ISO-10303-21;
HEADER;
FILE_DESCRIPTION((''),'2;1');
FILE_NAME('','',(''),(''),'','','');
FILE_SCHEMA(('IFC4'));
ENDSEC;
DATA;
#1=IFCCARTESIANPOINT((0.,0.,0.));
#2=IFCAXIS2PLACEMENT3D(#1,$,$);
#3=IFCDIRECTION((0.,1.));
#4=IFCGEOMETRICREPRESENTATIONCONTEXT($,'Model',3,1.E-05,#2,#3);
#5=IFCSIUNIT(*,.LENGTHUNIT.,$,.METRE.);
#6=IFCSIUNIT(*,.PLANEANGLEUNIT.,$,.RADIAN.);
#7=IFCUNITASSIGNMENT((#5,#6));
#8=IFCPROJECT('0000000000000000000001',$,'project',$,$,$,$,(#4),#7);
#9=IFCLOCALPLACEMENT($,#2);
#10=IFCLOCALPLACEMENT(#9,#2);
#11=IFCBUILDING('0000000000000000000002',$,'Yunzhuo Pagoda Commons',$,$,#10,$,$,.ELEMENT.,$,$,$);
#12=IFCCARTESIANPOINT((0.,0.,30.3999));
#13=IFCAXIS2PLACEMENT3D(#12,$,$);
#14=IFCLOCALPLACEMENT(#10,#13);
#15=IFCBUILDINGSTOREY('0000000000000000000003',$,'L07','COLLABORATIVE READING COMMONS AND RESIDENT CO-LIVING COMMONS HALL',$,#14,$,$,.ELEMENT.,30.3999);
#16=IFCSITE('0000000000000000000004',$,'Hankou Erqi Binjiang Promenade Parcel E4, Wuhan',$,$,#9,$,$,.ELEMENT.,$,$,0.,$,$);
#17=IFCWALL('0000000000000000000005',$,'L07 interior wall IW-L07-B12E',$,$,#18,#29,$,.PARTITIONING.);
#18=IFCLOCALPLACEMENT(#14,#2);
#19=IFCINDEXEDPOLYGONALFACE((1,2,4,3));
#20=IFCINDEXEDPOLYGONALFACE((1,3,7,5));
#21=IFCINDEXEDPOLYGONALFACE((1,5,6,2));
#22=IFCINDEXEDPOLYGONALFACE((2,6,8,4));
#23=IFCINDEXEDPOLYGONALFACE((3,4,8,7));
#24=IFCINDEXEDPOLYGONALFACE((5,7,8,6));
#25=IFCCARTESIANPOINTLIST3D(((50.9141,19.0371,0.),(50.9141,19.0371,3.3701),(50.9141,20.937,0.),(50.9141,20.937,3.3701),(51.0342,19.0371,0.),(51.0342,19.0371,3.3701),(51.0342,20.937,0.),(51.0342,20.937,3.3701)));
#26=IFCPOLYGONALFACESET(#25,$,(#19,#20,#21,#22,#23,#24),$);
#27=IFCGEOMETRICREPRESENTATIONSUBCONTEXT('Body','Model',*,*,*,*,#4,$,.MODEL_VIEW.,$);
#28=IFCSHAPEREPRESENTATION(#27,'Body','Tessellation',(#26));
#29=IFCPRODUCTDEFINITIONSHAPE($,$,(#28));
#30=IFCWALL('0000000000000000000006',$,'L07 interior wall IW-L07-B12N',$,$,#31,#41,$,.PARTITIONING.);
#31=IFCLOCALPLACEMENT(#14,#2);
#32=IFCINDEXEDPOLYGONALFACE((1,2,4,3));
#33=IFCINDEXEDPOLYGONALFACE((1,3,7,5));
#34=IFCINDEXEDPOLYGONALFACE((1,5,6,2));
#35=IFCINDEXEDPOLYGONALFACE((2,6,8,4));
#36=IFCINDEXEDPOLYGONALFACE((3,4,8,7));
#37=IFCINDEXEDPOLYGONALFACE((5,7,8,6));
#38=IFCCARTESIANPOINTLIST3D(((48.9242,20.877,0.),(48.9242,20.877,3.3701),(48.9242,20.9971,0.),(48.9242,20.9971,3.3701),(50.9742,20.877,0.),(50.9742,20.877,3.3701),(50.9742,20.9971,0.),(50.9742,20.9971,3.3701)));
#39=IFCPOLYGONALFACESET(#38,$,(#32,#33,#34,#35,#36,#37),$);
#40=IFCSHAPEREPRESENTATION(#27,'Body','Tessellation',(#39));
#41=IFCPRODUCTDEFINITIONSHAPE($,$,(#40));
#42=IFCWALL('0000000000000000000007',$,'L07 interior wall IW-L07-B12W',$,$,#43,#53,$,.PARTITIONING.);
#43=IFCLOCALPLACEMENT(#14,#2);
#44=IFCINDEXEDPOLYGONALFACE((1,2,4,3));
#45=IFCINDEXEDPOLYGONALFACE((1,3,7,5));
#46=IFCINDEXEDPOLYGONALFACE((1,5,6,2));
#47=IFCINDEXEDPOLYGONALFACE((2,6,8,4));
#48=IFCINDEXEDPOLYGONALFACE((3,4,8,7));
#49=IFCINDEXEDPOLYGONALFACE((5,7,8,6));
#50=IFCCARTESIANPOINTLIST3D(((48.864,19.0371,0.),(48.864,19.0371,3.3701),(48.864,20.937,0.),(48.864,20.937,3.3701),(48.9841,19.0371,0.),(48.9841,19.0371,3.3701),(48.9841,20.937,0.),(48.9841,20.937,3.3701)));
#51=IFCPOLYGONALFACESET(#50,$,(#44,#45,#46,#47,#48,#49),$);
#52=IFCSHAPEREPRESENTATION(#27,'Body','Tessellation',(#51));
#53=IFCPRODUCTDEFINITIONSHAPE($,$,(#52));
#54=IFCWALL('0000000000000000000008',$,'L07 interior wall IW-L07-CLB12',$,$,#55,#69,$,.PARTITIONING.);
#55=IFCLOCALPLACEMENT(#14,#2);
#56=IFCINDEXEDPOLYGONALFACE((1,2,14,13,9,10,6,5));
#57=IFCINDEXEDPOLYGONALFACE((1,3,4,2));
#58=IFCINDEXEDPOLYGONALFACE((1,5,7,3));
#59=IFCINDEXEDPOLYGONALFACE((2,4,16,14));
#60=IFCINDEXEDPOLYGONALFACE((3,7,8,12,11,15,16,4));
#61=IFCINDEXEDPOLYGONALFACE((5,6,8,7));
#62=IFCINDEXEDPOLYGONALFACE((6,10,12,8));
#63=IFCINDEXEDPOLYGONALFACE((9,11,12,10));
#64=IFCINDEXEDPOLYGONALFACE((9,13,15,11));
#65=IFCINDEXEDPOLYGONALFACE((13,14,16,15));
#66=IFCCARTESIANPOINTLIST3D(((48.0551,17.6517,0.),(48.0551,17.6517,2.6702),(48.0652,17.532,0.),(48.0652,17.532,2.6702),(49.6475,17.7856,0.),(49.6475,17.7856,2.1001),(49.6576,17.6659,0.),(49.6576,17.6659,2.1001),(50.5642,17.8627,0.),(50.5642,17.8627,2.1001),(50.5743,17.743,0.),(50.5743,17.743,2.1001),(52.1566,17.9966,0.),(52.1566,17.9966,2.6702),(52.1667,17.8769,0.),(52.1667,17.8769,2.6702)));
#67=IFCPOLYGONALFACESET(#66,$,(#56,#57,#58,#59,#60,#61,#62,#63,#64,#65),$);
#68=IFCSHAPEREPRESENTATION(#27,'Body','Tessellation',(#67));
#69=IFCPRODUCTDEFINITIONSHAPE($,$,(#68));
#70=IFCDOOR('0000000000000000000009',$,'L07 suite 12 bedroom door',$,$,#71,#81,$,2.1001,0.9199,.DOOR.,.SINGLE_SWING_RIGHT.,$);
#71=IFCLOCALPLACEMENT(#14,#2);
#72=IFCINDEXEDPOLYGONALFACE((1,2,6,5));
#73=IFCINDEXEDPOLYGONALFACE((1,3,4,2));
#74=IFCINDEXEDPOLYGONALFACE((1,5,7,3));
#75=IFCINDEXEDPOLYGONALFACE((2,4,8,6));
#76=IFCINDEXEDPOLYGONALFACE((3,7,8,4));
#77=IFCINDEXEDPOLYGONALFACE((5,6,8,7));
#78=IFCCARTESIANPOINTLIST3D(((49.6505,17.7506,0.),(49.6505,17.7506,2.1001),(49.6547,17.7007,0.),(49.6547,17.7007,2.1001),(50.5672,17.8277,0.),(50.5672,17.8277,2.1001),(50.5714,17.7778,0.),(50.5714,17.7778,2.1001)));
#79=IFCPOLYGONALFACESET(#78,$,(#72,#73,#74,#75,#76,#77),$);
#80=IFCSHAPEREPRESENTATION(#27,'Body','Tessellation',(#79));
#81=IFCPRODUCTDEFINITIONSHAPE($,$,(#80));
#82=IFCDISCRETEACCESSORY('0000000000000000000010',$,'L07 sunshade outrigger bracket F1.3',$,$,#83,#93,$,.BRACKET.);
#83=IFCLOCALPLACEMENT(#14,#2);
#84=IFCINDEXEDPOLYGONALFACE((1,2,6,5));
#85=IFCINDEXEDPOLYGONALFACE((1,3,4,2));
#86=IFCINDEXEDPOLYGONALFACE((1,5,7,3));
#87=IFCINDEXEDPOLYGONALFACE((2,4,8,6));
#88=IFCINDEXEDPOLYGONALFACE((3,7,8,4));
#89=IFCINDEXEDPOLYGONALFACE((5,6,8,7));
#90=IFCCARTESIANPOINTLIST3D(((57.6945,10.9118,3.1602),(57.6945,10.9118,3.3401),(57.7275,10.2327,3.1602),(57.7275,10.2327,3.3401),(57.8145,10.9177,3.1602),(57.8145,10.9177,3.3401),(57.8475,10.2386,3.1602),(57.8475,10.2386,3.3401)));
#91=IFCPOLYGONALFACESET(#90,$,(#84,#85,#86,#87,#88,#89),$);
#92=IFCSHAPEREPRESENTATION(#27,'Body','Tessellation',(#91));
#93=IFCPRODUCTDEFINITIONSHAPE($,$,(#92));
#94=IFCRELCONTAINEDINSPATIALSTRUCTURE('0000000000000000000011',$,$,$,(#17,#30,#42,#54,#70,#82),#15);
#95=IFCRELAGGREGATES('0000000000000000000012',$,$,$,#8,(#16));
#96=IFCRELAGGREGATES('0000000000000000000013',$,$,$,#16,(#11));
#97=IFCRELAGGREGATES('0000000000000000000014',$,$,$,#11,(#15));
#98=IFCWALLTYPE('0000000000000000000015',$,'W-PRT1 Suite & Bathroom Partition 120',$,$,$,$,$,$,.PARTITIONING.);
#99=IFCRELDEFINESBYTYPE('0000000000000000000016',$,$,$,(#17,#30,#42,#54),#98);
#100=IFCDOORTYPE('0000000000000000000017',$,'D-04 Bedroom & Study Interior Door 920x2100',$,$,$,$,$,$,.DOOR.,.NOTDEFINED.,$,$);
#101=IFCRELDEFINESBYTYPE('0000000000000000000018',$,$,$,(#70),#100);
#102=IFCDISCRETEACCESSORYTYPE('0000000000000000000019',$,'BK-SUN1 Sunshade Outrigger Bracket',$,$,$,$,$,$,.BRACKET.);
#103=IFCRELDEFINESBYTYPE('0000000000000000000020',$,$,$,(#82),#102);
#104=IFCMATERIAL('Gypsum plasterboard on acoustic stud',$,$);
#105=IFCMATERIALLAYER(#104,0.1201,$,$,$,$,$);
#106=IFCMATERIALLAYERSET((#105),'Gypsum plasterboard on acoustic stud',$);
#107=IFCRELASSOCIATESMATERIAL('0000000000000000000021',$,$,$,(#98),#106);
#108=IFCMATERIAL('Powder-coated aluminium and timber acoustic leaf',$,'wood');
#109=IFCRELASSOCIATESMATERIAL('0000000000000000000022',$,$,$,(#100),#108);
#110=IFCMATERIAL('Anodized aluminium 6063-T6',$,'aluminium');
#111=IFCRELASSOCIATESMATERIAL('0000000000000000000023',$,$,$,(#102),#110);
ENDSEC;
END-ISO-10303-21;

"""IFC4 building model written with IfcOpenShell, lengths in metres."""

from ifc_helpers import new_model, si_unit, direction, frame, frame_2d, origin, origin_with_axes, origin_2d, place, context, subcontext, project, spatial, rectangle, extrude, source, transform, mapped, material, layer, layer_set, type_object, element, fill, save


model = new_model("IFC4")

# Units and contexts
model_context = context("Model", 3, precision=1e-05, world=origin(), true_north=direction((0.0, 1.0)))
body_context = subcontext(model_context, "Body", "Model", "MODEL_VIEW")
ifc_project = project(units=[si_unit("LENGTHUNIT", "METRE"), si_unit("PLANEANGLEUNIT", "RADIAN")], contexts=[model_context])

# Site, building, storey
site_placement = place(None, origin())
site = spatial("IfcSite", under=ifc_project, at=site_placement, Name="Hankou Erqi Binjiang Promenade Parcel E4, Wuhan", CompositionType="ELEMENT", RefElevation=0.0)
building_placement = place(site_placement, origin())
building = spatial("IfcBuilding", under=site, at=building_placement, Name="Yunzhuo Pagoda Commons", CompositionType="ELEMENT")
storey_placement = place(building_placement, frame((0.0, 0.0, 30.3999)))
storey = spatial("IfcBuildingStorey", under=building, at=storey_placement, Name="L07", Description="COLLABORATIVE READING COMMONS AND RESIDENT CO-LIVING COMMONS HALL", CompositionType="ELEMENT", Elevation=30.3999)

# Shared definitions
ifc_material_1 = material(Name="Anodized aluminium 6063-T6", Category="aluminium")

# Shared definitions
ifc_material_2 = material(Name="Gypsum plasterboard on acoustic stud")
ifc_layer_1 = layer(ifc_material_2, 0.1201)
ifc_layer_set_1 = layer_set([ifc_layer_1], Name="Gypsum plasterboard on acoustic stud")
wall_type = type_object("IfcWallType", Name="W-PRT1 Suite & Bathroom Partition 120", PredefinedType="PARTITIONING", material=ifc_layer_set_1)

# Shared definitions
ifc_material_3 = material(Name="Powder-coated aluminium and timber acoustic leaf", Category="wood")

# Walls
wall_1_placement = place(storey_placement, frame((50.9741, 19.0371, 0.0), z_axis=(0.0, 0.0, 1.0), x_axis=(0.0, 1.0, 0.0)))
element("IfcWall", 1, at=wall_1_placement, inside=storey, type_object=wall_type, Name="L07 interior wall IW-L07-B12E", PredefinedType="PARTITIONING", context=body_context, shape_type="SweptSolid", body=[
    extrude(rectangle(XDim=1.8999, YDim=0.1201, at=frame_2d((0.95, 0.0))), origin(), (0.0, 0.0, 1.0), 3.3701),
])
wall_2_placement = place(storey_placement, frame((50.9741, 20.937, 0.0), z_axis=(0.0, 0.0, 1.0), x_axis=(-1.0, 0.0, 0.0)))
element("IfcWall", 2, at=wall_2_placement, inside=storey, type_object=wall_type, Name="L07 interior wall IW-L07-B12N", PredefinedType="PARTITIONING", context=body_context, shape_type="SweptSolid", body=[
    extrude(rectangle(XDim=2.05, YDim=0.1201, at=frame_2d((1.0249, 0.0))), origin(), (0.0, 0.0, 1.0), 3.3701),
])
wall_3_placement = place(storey_placement, frame((48.9241, 20.937, 0.0), z_axis=(0.0, 0.0, 1.0), x_axis=(0.0, -1.0, 0.0)))
element("IfcWall", 3, at=wall_3_placement, inside=storey, type_object=wall_type, Name="L07 interior wall IW-L07-B12W", PredefinedType="PARTITIONING", context=body_context, shape_type="SweptSolid", body=[
    extrude(rectangle(XDim=1.8999, YDim=0.1201, at=frame_2d((0.95, 0.0))), origin(), (0.0, 0.0, 1.0), 3.3701),
])

# Wall, opening, door
wall_4_placement = place(storey_placement, frame((48.0601, 17.5918, 0.0), z_axis=(0.0, 0.0, 1.0), x_axis=(0.996482, 0.083811, 0.0)))
wall_4 = element("IfcWall", 4, at=wall_4_placement, inside=storey, type_object=wall_type, Name="L07 interior wall IW-L07-CLB12", PredefinedType="PARTITIONING", context=body_context, shape_type="SweptSolid", body=[
    extrude(rectangle(XDim=4.116, YDim=0.1201, at=frame_2d((2.0581, 0.0))), origin(), (0.0, 0.0, 1.0), 2.6702),
])
opening_1_placement = place(wall_4_placement, frame((1.5981, 0.0, 0.0)))
opening_1 = element("IfcOpeningElement", 5, at=opening_1_placement, cuts=wall_4, PredefinedType="OPENING", context=body_context, shape_type="SweptSolid", body=[
    extrude(rectangle(XDim=0.9199, YDim=2.1001, at=frame_2d((0.46, 1.05))), frame((0.0, 0.0701, 0.0), z_axis=(0.0, -1.0, 0.0), x_axis=(1.0, 0.0, 0.0)), (0.0, 0.0, 1.0), 0.1401),
])
door_type_1 = type_object("IfcDoorType", Name="D-04 Bedroom & Study Interior Door 920x2100", OperationType="NOTDEFINED", PredefinedType="DOOR", material=ifc_material_3)
shared_shape_1 = source(origin(), body_context, "Body", "SweptSolid", [
    extrude(rectangle(XDim=0.9199, YDim=2.1001, at=frame_2d((0.46, 1.05))), frame((0.0, 0.0249, 0.0), z_axis=(0.0, -1.0, 0.0), x_axis=(1.0, 0.0, 0.0)), (0.0, 0.0, 1.0), 0.05),
])
door_1_placement = place(opening_1_placement, origin_with_axes())
door_1 = element("IfcDoor", 6, at=door_1_placement, inside=storey, type_object=door_type_1, Name="L07 suite 12 bedroom door", OperationType="SINGLE_SWING_RIGHT", OverallHeight=2.1001, OverallWidth=0.9199, PredefinedType="DOOR", context=body_context, shape_type="MappedRepresentation", body=[
    mapped(shared_shape_1, transform((0.0, 0.0, 0.0), scale=1.0)),
])
fill(opening_1, door_1)

# Discrete accessory
discrete_accessory_type = type_object("IfcDiscreteAccessoryType", Name="BK-SUN1 Sunshade Outrigger Bracket", PredefinedType="BRACKET", material=ifc_material_1)
shared_shape_2 = source(origin(), body_context, "Body", "SweptSolid", [
    extrude(rectangle(XDim=0.1201, YDim=0.6799, at=origin_2d()), origin(), (0.0, 0.0, 1.0), 0.1799),
])
discrete_accessory_placement = place(storey_placement, frame((57.771, 10.5752, 3.1602), z_axis=(0.0, 0.0, 1.0), x_axis=(0.998818, 0.048606, 0.0)))
element("IfcDiscreteAccessory", 7, at=discrete_accessory_placement, inside=storey, type_object=discrete_accessory_type, Name="L07 sunshade outrigger bracket F1.3", PredefinedType="BRACKET", context=body_context, shape_type="MappedRepresentation", body=[
    mapped(shared_shape_2, transform((0.0, 0.0, 0.0), scale=1.0)),
])

save(model, "model.ifc")
